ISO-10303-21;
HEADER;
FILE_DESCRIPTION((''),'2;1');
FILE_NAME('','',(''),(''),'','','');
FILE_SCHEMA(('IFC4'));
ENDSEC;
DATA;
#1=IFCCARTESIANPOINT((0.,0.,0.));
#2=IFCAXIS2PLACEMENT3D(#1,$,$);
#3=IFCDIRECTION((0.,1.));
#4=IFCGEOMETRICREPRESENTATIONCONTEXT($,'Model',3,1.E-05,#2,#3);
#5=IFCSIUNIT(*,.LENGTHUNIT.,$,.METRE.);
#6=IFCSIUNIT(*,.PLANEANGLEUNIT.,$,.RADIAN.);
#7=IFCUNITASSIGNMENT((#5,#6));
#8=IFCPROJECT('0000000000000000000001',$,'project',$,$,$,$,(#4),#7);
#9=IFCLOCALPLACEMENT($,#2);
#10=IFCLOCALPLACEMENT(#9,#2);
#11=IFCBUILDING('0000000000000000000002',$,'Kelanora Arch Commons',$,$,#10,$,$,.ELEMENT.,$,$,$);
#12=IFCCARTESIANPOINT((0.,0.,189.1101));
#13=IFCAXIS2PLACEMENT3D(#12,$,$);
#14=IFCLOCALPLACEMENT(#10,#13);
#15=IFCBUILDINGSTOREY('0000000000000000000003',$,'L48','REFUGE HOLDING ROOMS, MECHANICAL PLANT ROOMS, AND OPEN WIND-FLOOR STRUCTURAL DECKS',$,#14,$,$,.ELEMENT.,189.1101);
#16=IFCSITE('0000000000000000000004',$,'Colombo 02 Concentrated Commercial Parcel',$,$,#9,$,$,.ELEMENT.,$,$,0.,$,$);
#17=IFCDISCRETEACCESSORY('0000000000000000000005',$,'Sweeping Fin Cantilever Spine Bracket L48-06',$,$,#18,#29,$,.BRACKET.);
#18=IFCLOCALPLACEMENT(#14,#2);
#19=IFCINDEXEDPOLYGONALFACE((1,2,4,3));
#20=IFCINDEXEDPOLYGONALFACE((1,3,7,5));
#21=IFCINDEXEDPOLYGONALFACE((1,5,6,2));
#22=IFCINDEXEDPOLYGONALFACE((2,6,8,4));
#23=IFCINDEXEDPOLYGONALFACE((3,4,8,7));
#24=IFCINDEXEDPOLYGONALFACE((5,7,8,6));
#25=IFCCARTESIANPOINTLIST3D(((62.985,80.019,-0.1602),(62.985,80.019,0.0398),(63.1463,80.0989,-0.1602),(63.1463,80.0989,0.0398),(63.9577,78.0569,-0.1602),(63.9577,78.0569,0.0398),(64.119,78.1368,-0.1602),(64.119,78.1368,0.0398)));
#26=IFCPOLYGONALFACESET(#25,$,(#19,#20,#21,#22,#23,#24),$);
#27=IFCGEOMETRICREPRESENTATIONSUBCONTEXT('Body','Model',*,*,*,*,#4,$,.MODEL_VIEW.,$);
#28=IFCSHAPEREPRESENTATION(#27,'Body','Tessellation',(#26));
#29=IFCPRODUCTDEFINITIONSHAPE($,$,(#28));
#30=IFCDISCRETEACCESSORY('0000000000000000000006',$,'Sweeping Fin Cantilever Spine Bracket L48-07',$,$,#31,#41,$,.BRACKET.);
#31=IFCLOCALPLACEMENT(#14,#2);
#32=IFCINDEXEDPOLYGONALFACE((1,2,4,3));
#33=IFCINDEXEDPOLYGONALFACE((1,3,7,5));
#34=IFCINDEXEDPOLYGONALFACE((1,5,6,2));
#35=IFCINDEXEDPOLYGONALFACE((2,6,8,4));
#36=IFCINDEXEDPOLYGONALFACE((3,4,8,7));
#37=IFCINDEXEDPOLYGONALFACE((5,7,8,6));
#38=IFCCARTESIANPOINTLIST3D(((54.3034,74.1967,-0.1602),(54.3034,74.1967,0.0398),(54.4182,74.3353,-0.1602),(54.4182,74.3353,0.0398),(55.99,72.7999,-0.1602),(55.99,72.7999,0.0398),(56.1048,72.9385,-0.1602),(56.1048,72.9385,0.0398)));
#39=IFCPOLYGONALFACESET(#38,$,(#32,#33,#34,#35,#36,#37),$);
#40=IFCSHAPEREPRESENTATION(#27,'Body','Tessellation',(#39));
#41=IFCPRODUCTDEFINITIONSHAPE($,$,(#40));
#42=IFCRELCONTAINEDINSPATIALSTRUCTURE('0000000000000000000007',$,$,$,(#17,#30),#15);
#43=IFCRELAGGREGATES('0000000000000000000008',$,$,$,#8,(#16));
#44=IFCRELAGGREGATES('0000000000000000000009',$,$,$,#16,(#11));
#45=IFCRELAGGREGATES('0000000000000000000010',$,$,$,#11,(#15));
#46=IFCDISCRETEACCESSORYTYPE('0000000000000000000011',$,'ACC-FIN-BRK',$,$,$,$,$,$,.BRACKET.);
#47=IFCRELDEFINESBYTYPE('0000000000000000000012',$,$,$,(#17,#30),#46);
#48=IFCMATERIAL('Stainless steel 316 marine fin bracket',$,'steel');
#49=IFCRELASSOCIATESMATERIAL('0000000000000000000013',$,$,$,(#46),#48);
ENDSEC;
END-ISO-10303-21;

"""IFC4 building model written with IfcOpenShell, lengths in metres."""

from ifc_helpers import new_model, si_unit, direction, frame, origin, origin_2d, place, context, subcontext, project, spatial, rectangle, extrude, source, transform, mapped, material, type_object, element, save


model = new_model("IFC4")

# Units and contexts
model_context = context("Model", 3, precision=1e-05, world=origin(), true_north=direction((0.0, 1.0)))
body_context = subcontext(model_context, "Body", "Model", "MODEL_VIEW")
ifc_project = project(units=[si_unit("LENGTHUNIT", "METRE"), si_unit("PLANEANGLEUNIT", "RADIAN")], contexts=[model_context])

# Site, building, storey
site_placement = place(None, origin())
site = spatial("IfcSite", under=ifc_project, at=site_placement, Name="Colombo 02 Concentrated Commercial Parcel", CompositionType="ELEMENT", RefElevation=0.0)
building_placement = place(site_placement, origin())
building = spatial("IfcBuilding", under=site, at=building_placement, Name="Kelanora Arch Commons", CompositionType="ELEMENT")
storey_placement = place(building_placement, frame((0.0, 0.0, 189.1101)))
storey = spatial("IfcBuildingStorey", under=building, at=storey_placement, Name="L48", Description="REFUGE HOLDING ROOMS, MECHANICAL PLANT ROOMS, AND OPEN WIND-FLOOR STRUCTURAL DECKS", CompositionType="ELEMENT", Elevation=189.1101)

# Discrete accessories
ifc_material_1 = material(Name="Stainless steel 316 marine fin bracket", Category="steel")
discrete_accessory_type_1 = type_object("IfcDiscreteAccessoryType", Name="ACC-FIN-BRK", PredefinedType="BRACKET", material=ifc_material_1)
shared_shape_1 = source(origin(), body_context, "Body", "SweptSolid", [
    extrude(rectangle(XDim=2.1899, YDim=0.1799, at=origin_2d()), origin(), (0.0, 0.0, 1.0), 0.2),
])
for number, where, z_axis, x_axis, name in (
    (1, (63.552, 79.0779, -0.1602), (0.0, 0.0, 1.0), (-0.444166, 0.895944, 0.0), "Sweeping Fin Cantilever Spine Bracket L48-06"),
    (2, (55.2041, 73.5676, -0.1602), (0.0, 0.0, 1.0), (-0.770179, 0.637827, 0.0), "Sweeping Fin Cantilever Spine Bracket L48-07"),
):
    element("IfcDiscreteAccessory", number, at=place(storey_placement, frame(where, z_axis=z_axis, x_axis=x_axis)), inside=storey, type_object=discrete_accessory_type_1, Name=name, PredefinedType="BRACKET", context=body_context, shape_type="MappedRepresentation", body=[
        mapped(shared_shape_1, transform((0.0, 0.0, 0.0), scale=1.0)),
    ])

save(model, "model.ifc")
